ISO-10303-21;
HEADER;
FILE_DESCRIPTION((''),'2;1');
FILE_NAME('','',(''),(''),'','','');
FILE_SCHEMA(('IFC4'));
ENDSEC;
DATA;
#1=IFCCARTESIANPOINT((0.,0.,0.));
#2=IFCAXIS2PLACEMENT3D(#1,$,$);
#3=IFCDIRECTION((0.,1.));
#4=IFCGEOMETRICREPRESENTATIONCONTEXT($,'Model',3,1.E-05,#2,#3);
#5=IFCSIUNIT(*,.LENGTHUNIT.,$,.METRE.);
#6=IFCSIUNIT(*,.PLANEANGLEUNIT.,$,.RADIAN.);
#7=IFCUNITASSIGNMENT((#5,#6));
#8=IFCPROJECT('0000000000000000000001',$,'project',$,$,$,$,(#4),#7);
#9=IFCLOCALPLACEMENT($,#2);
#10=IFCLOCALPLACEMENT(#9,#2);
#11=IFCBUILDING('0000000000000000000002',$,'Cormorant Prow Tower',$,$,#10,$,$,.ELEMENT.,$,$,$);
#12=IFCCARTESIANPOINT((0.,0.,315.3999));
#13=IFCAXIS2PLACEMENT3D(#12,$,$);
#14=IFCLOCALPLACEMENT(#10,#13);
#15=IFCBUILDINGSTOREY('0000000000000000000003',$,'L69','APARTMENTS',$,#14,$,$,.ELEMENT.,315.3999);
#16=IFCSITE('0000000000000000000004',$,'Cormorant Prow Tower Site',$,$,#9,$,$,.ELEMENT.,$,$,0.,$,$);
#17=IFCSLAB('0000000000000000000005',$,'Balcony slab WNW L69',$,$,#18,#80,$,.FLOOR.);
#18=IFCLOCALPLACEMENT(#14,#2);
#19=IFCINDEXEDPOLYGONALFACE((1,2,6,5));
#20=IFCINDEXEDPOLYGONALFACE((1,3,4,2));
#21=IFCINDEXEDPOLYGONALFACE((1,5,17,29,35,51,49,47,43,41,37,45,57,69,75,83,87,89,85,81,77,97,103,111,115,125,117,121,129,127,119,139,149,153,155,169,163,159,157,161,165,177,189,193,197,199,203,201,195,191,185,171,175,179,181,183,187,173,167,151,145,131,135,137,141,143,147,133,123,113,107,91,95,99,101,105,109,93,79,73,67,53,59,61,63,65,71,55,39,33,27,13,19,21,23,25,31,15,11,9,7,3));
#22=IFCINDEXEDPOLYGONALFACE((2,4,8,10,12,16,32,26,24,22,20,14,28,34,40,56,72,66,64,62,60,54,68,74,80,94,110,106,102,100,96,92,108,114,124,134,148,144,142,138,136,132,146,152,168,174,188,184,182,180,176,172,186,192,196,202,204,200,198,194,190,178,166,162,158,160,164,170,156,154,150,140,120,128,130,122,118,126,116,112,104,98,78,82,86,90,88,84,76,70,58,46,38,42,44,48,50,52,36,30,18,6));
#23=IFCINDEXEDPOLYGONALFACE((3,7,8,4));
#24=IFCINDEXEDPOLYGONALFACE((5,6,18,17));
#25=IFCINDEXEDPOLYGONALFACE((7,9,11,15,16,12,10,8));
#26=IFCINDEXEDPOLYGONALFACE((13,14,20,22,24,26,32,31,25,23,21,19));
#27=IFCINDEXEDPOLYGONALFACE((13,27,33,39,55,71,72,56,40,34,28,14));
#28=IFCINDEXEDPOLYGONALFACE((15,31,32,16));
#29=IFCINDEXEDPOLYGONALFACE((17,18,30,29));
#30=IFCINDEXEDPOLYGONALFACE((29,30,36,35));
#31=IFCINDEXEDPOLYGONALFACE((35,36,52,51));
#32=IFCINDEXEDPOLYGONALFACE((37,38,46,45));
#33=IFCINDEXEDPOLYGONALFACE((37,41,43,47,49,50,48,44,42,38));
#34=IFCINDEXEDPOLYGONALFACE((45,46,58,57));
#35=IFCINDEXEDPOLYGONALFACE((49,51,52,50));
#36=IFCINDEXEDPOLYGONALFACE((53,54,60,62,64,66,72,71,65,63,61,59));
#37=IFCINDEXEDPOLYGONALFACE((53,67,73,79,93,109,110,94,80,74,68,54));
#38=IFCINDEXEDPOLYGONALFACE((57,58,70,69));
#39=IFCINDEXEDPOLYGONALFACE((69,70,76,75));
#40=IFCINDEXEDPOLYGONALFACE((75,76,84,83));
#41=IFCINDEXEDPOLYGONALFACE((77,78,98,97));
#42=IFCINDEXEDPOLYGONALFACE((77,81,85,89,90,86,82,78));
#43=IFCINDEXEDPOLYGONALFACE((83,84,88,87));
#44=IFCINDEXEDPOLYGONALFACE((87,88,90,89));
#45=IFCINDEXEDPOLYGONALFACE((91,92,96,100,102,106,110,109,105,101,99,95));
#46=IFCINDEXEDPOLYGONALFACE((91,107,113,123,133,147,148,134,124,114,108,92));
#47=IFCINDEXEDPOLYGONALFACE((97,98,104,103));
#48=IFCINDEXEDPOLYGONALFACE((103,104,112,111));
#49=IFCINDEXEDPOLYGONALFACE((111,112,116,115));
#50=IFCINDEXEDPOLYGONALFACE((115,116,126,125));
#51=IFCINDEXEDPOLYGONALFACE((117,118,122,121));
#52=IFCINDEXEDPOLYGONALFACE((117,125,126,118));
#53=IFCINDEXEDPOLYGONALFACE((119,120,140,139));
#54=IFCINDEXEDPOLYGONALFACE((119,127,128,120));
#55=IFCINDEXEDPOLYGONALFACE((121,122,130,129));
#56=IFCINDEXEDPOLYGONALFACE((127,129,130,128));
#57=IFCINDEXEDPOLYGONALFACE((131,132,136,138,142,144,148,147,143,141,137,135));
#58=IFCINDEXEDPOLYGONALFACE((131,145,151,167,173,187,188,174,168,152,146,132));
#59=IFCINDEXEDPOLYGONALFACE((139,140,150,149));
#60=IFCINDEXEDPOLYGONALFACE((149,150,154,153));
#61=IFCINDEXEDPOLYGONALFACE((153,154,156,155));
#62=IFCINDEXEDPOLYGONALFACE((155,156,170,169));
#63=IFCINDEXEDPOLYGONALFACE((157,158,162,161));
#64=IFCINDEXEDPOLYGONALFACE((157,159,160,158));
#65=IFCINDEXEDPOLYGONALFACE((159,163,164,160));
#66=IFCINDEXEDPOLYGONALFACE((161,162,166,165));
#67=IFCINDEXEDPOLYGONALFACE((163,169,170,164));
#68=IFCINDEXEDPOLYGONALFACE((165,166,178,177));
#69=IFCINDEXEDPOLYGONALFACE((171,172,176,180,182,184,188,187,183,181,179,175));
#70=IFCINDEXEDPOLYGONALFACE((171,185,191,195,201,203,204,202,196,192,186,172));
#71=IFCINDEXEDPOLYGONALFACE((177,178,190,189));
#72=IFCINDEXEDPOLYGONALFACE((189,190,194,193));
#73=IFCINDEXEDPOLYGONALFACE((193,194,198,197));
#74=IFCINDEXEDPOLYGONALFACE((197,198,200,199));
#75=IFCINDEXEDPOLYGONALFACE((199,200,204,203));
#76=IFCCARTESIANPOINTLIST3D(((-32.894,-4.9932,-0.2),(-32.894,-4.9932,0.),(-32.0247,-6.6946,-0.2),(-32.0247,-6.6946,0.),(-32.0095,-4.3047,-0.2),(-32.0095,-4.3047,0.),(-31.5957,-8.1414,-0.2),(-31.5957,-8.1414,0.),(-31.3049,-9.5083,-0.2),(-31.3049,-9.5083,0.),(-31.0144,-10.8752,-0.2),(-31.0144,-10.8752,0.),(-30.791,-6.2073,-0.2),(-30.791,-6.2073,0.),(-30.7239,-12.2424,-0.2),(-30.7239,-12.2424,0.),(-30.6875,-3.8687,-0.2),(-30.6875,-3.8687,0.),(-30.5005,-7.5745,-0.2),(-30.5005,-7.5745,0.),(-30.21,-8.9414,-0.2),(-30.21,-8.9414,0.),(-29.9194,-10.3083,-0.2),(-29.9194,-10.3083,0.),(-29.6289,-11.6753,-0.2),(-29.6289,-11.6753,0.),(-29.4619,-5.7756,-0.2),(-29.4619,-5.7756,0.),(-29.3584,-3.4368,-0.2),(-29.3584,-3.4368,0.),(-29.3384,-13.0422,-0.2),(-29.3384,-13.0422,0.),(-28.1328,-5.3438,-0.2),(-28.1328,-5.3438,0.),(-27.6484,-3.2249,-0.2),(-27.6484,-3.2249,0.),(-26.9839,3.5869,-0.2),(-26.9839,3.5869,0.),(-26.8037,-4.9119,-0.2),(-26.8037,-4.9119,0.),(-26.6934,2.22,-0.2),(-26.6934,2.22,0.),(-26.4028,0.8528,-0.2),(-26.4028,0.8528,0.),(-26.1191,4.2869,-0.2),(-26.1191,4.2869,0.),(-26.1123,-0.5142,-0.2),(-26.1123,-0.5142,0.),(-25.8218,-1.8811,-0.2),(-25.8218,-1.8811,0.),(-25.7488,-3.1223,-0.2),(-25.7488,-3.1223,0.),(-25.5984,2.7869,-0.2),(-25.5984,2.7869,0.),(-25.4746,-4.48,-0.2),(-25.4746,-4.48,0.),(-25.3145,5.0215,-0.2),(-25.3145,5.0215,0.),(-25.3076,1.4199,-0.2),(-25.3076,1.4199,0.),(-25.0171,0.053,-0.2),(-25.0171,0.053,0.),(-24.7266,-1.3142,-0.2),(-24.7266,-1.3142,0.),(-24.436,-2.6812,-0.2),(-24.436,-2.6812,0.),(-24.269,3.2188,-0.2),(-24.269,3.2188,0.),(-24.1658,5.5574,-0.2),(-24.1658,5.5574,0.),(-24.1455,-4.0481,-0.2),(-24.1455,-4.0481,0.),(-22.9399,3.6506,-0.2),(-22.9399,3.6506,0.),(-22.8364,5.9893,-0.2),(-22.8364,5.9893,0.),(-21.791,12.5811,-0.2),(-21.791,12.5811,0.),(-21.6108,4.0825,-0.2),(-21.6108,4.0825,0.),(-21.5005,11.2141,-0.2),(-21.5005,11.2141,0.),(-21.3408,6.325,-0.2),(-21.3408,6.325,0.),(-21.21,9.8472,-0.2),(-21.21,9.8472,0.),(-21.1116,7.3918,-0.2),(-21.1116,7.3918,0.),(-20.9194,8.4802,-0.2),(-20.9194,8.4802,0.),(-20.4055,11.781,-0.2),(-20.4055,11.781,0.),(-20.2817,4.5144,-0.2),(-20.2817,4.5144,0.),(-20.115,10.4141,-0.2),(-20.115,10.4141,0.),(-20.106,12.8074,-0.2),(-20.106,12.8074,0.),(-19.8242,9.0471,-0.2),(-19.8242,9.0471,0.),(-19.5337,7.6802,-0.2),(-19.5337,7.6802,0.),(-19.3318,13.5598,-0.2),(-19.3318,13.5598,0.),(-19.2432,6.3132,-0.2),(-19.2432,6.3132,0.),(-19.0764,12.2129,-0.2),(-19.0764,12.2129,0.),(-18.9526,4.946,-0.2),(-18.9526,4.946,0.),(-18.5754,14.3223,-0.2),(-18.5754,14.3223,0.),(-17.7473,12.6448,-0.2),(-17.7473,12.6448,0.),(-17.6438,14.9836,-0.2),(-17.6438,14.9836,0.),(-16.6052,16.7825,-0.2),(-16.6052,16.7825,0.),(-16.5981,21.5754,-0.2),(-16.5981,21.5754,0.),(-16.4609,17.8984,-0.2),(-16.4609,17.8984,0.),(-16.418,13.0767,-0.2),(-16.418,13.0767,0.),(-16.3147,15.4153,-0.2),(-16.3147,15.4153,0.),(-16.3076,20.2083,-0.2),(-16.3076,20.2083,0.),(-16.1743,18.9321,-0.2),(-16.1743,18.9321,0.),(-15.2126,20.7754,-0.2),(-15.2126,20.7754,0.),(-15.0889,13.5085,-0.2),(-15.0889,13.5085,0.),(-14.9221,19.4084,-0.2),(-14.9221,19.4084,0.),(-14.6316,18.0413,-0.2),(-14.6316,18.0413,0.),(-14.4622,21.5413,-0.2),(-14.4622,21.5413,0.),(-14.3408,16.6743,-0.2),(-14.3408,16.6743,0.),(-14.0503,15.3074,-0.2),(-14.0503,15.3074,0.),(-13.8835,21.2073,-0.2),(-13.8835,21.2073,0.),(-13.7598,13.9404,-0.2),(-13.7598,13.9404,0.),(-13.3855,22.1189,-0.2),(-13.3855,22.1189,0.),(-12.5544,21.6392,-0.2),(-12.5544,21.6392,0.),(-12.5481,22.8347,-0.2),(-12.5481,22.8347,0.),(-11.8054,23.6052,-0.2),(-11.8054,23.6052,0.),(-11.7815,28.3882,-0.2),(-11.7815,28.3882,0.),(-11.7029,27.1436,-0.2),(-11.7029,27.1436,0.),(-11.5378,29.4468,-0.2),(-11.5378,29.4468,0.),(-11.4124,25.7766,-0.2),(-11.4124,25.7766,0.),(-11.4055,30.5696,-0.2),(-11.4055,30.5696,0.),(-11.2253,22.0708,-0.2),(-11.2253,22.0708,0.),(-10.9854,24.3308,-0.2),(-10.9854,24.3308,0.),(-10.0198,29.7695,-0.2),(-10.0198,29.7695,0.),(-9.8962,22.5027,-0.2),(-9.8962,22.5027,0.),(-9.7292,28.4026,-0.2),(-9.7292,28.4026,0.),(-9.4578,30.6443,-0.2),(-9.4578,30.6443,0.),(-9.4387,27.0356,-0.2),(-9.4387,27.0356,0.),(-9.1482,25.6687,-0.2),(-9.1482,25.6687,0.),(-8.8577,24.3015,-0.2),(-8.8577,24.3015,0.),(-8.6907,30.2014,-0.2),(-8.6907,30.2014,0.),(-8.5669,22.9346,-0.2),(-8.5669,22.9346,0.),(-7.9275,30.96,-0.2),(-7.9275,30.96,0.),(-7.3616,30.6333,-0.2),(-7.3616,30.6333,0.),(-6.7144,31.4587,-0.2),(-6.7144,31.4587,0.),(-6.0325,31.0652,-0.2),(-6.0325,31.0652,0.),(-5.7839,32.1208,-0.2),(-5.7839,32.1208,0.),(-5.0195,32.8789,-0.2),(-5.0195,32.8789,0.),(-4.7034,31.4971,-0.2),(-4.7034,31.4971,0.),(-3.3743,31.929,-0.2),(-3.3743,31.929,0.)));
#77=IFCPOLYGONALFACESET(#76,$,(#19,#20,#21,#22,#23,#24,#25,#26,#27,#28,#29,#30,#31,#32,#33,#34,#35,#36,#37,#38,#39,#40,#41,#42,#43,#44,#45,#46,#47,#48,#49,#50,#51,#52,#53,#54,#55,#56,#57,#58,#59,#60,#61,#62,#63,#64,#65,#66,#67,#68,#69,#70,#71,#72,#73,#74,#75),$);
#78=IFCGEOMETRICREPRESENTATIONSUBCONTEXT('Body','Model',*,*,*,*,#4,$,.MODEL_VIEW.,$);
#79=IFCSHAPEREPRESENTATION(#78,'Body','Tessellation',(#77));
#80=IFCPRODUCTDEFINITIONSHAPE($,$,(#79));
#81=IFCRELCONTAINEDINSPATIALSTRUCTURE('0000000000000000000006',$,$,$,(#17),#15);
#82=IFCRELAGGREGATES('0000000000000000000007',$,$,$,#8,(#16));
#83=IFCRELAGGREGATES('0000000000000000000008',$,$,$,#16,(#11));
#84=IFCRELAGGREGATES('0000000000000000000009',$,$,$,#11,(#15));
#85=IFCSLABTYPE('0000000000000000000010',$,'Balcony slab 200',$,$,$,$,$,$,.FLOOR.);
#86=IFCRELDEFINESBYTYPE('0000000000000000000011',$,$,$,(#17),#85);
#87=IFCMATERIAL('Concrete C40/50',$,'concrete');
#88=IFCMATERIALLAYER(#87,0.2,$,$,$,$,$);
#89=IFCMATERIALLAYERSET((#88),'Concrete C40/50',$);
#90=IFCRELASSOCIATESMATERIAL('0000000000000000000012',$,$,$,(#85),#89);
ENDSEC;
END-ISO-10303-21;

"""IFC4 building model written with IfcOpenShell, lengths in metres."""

from ifc_helpers import new_model, si_unit, direction, frame, origin, place, context, subcontext, project, spatial, polyline, outline, extrude, material, layer, layer_set, type_object, element, save


model = new_model("IFC4")

# Units and contexts
model_context = context("Model", 3, precision=1e-05, world=origin(), true_north=direction((0.0, 1.0)))
body_context = subcontext(model_context, "Body", "Model", "MODEL_VIEW")
ifc_project = project(units=[si_unit("LENGTHUNIT", "METRE"), si_unit("PLANEANGLEUNIT", "RADIAN")], contexts=[model_context])

# Site, building, storey
site_placement = place(None, origin())
site = spatial("IfcSite", under=ifc_project, at=site_placement, Name="Cormorant Prow Tower Site", CompositionType="ELEMENT", RefElevation=0.0)
building_placement = place(site_placement, origin())
building = spatial("IfcBuilding", under=site, at=building_placement, Name="Cormorant Prow Tower", CompositionType="ELEMENT")
storey_placement = place(building_placement, frame((0.0, 0.0, 315.3999)))
storey = spatial("IfcBuildingStorey", under=building, at=storey_placement, Name="L69", Description="APARTMENTS", CompositionType="ELEMENT", Elevation=315.3999)

# Slab
ifc_material_1 = material(Name="Concrete C40/50", Category="concrete")
ifc_layer_1 = layer(ifc_material_1, 0.2)
ifc_layer_set_1 = layer_set([ifc_layer_1], Name="Concrete C40/50")
slab_type_1 = type_object("IfcSlabType", Name="Balcony slab 200", PredefinedType="FLOOR", material=ifc_layer_set_1)
slab_1_placement = place(storey_placement, frame((0.0, 0.0, -0.2)))
element("IfcSlab", 1, at=slab_1_placement, inside=storey, type_object=slab_type_1, Name="Balcony slab WNW L69", PredefinedType="FLOOR", context=body_context, shape_type="SweptSolid", body=[
    extrude(outline(polyline([(-3.3743, 31.929), (-5.0195, 32.8789), (-5.7839, 32.1208), (-6.7144, 31.4587), (-7.9275, 30.96), (-9.4578, 30.6443), (-11.4055, 30.5696), (-11.5378, 29.4468), (-11.7815, 28.3882), (-11.7029, 27.1436), (-11.4124, 25.7766), (-10.9854, 24.3308), (-11.8054, 23.6052), (-12.5481, 22.8347), (-13.3855, 22.1189), (-14.4622, 21.5413), (-16.5981, 21.5754), (-16.3076, 20.2083), (-16.1743, 18.9321), (-16.4609, 17.8984), (-16.6052, 16.7825), (-16.3147, 15.4153), (-17.6438, 14.9836), (-18.5754, 14.3223), (-19.3318, 13.5598), (-20.106, 12.8074), (-21.791, 12.5811), (-21.5005, 11.2141), (-21.21, 9.8472), (-20.9194, 8.4802), (-21.1116, 7.3918), (-21.3408, 6.325), (-22.8364, 5.9893), (-24.1658, 5.5574), (-25.3145, 5.0215), (-26.1191, 4.2869), (-26.9839, 3.5869), (-26.6934, 2.22), (-26.4028, 0.8528), (-26.1123, -0.5142), (-25.8218, -1.8811), (-25.7488, -3.1223), (-27.6484, -3.2249), (-29.3584, -3.4368), (-30.6875, -3.8687), (-32.0095, -4.3047), (-32.894, -4.9932), (-32.0247, -6.6946), (-31.5957, -8.1414), (-31.3049, -9.5083), (-31.0144, -10.8752), (-30.7239, -12.2424), (-29.3384, -13.0422), (-29.6289, -11.6753), (-29.9194, -10.3083), (-30.21, -8.9414), (-30.5005, -7.5745), (-30.791, -6.2073), (-29.4619, -5.7756), (-28.1328, -5.3438), (-26.8037, -4.9119), (-25.4746, -4.48), (-24.1455, -4.0481), (-24.436, -2.6812), (-24.7266, -1.3142), (-25.0171, 0.053), (-25.3076, 1.4199), (-25.5984, 2.7869), (-24.269, 3.2188), (-22.9399, 3.6506), (-21.6108, 4.0825), (-20.2817, 4.5144), (-18.9526, 4.946), (-19.2432, 6.3132), (-19.5337, 7.6802), (-19.8242, 9.0471), (-20.115, 10.4141), (-20.4055, 11.781), (-19.0764, 12.2129), (-17.7473, 12.6448), (-16.418, 13.0767), (-15.0889, 13.5085), (-13.7598, 13.9404), (-14.0503, 15.3074), (-14.3408, 16.6743), (-14.6316, 18.0413), (-14.9221, 19.4084), (-15.2126, 20.7754), (-13.8835, 21.2073), (-12.5544, 21.6392), (-11.2253, 22.0708), (-9.8962, 22.5027), (-8.5669, 22.9346), (-8.8577, 24.3015), (-9.1482, 25.6687), (-9.4387, 27.0356), (-9.7292, 28.4026), (-10.0198, 29.7695), (-8.6907, 30.2014), (-7.3616, 30.6333), (-6.0325, 31.0652), (-4.7034, 31.4971), (-3.3743, 31.929)])), origin(), (0.0, 0.0, 1.0), 0.2),
])

save(model, "model.ifc")
